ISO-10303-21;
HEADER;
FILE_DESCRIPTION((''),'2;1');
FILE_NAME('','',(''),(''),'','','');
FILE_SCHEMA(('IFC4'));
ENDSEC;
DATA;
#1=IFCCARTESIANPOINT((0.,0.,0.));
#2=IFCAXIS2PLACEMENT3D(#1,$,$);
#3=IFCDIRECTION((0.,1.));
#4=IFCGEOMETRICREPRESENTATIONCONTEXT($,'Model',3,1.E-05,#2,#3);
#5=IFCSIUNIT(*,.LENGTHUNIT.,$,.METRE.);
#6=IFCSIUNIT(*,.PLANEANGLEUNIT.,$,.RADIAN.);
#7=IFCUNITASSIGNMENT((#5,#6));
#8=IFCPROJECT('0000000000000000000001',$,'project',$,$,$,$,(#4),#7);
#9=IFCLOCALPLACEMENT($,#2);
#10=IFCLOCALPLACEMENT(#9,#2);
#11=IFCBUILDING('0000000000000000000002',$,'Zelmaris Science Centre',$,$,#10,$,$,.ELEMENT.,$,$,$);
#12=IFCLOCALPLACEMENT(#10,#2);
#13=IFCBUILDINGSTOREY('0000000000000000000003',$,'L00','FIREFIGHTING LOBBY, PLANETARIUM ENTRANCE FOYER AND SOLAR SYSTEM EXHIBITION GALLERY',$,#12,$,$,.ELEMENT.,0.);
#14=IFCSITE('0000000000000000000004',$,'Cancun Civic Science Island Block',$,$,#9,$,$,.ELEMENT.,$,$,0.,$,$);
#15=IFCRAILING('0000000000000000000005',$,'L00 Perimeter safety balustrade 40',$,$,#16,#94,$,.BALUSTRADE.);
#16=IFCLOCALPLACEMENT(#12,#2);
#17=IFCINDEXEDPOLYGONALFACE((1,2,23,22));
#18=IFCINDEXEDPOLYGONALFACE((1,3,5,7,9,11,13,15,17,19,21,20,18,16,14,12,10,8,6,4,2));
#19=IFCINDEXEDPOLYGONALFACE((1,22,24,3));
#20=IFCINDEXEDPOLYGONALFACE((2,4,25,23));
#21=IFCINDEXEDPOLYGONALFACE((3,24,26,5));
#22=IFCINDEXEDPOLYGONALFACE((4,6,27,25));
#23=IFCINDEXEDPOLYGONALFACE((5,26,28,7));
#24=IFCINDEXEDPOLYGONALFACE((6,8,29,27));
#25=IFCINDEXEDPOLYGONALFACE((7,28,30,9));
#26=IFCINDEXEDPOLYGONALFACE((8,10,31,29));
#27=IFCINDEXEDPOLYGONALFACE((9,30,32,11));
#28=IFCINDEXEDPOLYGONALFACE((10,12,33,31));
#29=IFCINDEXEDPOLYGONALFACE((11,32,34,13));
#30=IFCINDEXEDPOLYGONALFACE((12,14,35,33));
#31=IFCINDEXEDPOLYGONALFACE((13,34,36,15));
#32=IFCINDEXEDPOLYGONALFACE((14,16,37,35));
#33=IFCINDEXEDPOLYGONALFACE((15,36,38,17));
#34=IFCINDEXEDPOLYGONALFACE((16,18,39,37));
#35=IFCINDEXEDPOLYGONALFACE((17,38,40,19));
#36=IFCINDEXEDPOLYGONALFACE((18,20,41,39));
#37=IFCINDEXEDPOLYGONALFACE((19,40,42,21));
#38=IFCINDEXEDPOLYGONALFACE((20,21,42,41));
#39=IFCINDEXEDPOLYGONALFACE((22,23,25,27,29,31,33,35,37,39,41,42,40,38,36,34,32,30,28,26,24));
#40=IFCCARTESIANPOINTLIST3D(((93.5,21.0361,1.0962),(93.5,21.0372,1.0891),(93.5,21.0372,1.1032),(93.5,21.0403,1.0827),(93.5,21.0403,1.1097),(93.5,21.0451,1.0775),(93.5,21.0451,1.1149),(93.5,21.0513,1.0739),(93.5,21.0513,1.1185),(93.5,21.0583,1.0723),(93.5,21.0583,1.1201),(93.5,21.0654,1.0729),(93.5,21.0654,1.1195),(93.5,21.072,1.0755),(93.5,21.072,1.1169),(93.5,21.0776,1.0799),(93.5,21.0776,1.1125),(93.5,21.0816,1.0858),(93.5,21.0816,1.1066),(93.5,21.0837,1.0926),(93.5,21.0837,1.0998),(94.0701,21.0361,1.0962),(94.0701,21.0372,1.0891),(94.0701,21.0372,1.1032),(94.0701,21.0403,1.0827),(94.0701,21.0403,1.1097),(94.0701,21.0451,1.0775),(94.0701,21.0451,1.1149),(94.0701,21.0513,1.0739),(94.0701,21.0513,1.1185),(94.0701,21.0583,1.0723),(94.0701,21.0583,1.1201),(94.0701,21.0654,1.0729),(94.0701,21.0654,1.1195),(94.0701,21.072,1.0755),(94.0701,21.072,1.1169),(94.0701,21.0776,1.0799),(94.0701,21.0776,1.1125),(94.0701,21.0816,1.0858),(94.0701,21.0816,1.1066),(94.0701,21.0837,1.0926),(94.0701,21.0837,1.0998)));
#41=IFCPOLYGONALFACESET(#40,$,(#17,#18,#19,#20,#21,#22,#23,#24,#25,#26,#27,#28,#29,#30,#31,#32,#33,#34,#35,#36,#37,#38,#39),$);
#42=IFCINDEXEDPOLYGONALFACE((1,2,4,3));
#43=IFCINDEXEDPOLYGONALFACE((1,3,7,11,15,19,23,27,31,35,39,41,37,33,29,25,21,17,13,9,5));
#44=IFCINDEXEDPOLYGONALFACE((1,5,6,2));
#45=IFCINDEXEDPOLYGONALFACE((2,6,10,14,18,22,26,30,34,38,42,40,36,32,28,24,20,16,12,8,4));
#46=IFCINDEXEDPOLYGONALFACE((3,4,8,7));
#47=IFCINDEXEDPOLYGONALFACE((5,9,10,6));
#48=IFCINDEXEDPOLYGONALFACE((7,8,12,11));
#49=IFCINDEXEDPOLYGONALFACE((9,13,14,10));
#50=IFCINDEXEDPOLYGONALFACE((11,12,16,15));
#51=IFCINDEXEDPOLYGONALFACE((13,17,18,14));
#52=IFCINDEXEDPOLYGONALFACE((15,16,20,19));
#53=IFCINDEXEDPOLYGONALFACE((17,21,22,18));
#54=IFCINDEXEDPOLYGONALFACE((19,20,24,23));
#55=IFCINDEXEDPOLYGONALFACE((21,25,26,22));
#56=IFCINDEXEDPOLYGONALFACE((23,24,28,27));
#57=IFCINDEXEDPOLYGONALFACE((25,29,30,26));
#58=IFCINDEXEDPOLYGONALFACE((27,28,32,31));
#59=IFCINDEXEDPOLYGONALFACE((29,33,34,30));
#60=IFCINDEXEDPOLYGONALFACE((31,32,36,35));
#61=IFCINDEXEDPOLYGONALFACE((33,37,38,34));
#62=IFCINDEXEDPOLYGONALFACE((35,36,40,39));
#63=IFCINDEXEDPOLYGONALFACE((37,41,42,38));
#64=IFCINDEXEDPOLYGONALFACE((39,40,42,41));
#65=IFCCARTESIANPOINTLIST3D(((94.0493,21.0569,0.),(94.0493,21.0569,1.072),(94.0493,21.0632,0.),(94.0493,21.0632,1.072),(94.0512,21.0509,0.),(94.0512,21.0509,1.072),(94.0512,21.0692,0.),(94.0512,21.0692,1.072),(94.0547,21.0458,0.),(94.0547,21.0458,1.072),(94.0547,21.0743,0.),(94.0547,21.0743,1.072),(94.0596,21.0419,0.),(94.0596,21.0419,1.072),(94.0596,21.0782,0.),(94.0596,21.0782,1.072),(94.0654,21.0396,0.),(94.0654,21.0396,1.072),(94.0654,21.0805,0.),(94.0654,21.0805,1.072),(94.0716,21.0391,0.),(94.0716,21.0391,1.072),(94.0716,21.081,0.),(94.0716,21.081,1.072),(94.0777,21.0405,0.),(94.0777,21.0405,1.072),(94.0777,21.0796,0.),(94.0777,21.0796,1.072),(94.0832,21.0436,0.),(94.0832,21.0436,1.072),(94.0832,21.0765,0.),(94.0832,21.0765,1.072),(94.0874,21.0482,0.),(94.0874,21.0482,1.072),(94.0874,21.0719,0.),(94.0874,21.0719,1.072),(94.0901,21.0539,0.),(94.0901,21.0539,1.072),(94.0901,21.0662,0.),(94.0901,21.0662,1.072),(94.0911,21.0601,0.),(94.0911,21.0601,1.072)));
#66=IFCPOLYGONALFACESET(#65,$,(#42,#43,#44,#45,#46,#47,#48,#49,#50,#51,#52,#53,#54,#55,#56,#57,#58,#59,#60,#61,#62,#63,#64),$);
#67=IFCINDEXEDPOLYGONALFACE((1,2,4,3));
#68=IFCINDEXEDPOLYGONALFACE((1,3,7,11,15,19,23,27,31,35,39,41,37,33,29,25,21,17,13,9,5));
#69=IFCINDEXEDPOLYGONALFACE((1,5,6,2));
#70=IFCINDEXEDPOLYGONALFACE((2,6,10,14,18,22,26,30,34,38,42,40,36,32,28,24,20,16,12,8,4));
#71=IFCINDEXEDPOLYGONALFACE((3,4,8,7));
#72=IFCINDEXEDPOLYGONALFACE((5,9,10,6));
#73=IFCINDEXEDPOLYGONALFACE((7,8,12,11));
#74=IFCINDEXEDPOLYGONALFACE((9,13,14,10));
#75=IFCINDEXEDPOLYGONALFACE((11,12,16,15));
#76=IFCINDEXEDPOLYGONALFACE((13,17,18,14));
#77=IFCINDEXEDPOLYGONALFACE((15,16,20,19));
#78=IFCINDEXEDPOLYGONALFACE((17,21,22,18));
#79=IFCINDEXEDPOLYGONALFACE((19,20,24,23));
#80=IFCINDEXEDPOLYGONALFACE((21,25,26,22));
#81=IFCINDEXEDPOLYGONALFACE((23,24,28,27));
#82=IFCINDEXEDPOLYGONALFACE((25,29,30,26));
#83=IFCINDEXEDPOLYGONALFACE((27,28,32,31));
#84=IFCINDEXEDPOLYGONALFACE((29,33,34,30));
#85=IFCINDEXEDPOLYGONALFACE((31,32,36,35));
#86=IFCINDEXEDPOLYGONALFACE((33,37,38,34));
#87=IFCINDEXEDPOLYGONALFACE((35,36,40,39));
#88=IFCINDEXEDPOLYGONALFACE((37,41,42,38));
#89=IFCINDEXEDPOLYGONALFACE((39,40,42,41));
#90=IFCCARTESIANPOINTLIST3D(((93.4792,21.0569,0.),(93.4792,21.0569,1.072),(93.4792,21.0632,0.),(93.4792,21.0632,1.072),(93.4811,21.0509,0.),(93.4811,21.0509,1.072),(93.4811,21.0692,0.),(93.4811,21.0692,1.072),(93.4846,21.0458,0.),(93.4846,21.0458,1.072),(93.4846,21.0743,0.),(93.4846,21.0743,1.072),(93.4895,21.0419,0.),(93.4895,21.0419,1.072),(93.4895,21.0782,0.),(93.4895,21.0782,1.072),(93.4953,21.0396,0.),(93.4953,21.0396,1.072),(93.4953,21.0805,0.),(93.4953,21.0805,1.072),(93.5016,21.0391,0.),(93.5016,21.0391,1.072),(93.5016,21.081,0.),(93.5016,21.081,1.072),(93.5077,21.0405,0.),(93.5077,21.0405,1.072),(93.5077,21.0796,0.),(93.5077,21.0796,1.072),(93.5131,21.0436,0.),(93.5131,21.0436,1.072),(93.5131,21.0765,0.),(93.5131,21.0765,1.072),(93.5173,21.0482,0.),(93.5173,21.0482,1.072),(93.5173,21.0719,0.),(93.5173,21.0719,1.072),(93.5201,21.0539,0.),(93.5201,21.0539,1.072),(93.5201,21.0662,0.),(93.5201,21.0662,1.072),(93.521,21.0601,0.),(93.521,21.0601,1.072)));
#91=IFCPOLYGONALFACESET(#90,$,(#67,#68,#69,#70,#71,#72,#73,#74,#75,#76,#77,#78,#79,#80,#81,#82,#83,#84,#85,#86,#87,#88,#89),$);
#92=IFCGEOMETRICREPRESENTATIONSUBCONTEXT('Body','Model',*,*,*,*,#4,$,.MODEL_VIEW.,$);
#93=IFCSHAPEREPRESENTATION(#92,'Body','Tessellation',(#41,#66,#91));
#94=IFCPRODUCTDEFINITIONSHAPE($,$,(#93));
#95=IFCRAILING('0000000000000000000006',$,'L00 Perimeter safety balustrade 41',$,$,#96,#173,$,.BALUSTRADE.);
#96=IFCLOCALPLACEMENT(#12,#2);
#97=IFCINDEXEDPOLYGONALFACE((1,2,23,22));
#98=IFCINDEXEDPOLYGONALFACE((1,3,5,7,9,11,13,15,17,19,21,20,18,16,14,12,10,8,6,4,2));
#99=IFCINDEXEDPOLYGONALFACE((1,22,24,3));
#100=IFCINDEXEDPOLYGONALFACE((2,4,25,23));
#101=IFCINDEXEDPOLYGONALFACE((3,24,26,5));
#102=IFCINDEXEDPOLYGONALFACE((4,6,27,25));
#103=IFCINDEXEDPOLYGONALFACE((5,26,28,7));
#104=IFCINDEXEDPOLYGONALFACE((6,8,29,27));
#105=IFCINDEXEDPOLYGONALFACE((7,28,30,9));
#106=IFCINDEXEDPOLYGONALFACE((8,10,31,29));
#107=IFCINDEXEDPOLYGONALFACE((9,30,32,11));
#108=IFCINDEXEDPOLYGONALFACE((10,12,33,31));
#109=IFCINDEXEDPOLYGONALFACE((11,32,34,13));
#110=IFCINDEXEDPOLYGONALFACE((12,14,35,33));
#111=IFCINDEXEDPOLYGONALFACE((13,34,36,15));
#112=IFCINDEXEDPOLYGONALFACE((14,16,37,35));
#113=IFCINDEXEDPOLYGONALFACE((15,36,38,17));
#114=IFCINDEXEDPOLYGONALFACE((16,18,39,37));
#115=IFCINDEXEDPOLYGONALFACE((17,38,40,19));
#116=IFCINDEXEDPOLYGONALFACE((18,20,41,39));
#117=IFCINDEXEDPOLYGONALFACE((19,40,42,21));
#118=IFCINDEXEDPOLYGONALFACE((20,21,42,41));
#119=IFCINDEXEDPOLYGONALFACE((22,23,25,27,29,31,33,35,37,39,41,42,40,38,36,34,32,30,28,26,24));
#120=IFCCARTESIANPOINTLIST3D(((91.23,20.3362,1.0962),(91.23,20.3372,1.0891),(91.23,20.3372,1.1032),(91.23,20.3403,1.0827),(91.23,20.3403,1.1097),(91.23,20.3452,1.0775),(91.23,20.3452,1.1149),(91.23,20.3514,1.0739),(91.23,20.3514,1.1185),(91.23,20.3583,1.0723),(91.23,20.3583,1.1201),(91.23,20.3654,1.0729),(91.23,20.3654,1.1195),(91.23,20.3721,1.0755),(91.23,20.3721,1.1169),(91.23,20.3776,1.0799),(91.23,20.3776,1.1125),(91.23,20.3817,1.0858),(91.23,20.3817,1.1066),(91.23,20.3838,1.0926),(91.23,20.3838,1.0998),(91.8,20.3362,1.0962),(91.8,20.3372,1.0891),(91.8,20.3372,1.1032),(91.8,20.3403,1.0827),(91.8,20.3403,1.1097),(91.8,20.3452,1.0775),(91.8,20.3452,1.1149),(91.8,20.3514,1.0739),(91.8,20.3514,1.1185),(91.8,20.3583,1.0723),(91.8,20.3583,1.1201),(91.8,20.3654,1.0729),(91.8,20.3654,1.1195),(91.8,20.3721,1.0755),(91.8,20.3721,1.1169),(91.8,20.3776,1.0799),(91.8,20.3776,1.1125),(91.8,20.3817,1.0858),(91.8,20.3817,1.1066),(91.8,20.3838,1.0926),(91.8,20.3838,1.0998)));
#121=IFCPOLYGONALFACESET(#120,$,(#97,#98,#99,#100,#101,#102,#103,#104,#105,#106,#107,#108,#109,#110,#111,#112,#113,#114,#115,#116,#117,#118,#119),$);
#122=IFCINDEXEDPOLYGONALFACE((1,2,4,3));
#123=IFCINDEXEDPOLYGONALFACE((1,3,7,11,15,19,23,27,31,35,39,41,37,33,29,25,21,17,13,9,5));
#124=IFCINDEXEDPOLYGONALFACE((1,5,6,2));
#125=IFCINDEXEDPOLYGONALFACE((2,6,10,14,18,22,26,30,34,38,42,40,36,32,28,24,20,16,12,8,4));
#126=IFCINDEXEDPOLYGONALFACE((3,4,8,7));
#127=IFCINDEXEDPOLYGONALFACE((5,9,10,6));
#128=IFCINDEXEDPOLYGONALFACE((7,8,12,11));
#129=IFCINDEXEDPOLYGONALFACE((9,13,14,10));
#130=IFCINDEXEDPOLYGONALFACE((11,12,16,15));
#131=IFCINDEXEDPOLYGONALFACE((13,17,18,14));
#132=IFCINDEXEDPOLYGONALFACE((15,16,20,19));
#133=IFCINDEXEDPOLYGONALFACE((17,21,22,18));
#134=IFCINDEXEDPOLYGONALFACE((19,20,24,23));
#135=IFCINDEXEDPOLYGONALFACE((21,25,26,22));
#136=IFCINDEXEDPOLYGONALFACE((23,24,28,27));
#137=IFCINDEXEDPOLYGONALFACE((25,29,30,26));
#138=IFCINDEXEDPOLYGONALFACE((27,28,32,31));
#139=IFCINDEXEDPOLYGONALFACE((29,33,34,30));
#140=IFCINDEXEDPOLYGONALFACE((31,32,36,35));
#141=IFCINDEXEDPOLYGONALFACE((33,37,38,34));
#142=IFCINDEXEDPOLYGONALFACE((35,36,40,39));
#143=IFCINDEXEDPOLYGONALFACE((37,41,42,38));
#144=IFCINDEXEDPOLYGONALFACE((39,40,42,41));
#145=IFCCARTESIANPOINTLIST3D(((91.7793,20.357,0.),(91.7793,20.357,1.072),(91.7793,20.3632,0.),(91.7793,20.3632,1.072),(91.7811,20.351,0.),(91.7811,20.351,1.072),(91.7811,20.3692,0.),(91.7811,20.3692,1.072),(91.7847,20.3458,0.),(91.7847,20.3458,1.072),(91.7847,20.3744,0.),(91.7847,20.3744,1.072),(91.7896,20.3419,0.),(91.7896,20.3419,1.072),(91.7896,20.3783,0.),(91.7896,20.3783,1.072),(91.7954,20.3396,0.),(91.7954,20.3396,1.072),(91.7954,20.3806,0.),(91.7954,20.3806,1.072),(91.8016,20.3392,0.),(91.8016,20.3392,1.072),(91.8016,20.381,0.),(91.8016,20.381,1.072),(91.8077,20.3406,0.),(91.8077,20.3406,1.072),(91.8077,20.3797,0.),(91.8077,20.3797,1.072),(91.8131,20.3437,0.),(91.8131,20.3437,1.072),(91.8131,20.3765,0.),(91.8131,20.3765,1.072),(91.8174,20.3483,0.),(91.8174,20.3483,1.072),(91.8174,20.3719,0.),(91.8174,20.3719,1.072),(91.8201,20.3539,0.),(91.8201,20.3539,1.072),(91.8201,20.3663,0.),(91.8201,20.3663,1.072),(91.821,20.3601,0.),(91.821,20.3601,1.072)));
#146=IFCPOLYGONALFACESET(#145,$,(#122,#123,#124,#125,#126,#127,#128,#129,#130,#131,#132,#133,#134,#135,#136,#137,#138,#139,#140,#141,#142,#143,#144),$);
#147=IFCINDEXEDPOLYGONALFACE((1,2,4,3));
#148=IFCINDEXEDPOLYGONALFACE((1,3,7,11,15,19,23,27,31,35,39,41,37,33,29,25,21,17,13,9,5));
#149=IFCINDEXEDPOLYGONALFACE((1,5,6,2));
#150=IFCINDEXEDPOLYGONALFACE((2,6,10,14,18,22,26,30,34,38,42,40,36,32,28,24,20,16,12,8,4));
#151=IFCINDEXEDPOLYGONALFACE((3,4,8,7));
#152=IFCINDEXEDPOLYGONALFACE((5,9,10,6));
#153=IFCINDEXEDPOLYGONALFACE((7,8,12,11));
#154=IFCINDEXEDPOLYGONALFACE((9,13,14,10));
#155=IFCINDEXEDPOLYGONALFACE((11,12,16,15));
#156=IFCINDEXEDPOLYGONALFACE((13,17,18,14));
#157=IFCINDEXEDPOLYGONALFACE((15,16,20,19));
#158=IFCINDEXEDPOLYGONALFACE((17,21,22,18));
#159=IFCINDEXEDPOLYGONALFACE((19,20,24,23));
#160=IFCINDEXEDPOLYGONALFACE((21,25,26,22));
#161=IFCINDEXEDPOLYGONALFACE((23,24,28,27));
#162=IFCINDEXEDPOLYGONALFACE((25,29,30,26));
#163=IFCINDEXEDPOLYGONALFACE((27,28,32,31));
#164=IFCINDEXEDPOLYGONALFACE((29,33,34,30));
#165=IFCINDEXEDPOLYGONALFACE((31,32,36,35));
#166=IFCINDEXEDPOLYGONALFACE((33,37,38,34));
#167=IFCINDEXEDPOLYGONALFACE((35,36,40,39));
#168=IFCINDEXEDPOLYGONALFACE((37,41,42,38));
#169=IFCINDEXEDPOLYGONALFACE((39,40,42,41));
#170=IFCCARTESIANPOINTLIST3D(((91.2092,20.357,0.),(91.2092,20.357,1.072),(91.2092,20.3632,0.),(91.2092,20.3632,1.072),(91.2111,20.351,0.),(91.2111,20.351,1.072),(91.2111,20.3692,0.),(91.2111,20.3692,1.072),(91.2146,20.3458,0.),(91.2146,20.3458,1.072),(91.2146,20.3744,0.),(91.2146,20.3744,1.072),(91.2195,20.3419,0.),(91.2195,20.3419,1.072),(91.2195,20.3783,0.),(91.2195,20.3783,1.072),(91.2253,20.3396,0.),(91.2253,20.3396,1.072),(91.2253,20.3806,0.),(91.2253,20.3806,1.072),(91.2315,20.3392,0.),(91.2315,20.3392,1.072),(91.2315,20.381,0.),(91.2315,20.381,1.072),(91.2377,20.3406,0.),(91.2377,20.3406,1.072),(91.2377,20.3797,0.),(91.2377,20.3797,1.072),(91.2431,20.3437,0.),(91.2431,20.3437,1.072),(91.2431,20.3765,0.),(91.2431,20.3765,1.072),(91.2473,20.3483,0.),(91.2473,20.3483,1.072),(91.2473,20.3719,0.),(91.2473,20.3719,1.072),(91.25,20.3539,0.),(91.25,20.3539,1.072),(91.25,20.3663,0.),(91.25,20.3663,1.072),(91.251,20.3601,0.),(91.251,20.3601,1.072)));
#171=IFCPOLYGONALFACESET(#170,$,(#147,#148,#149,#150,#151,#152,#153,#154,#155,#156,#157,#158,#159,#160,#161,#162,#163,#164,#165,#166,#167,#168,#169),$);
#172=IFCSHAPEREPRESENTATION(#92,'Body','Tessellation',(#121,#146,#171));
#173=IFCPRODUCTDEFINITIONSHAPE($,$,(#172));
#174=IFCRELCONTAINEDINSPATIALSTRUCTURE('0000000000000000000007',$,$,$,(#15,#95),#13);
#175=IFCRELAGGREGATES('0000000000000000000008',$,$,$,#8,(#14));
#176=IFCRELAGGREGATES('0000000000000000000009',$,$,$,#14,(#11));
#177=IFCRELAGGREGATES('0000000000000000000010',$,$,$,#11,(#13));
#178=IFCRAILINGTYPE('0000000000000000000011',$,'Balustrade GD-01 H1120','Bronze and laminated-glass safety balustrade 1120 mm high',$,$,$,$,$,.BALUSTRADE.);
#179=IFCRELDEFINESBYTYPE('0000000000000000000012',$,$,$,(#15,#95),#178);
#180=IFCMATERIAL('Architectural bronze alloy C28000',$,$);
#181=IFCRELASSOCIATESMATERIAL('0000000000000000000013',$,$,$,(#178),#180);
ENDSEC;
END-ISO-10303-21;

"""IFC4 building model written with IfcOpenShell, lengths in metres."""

from ifc_helpers import new_model, si_unit, direction, frame, origin, origin_2d, place, context, subcontext, project, spatial, circle, extrude, material, type_object, element, save


model = new_model("IFC4")

# Units and contexts
model_context = context("Model", 3, precision=1e-05, world=origin(), true_north=direction((0.0, 1.0)))
body_context = subcontext(model_context, "Body", "Model", "MODEL_VIEW")
ifc_project = project(units=[si_unit("LENGTHUNIT", "METRE"), si_unit("PLANEANGLEUNIT", "RADIAN")], contexts=[model_context])

# Site, building, storey
site_placement = place(None, origin())
site = spatial("IfcSite", under=ifc_project, at=site_placement, Name="Cancun Civic Science Island Block", CompositionType="ELEMENT", RefElevation=0.0)
building_placement = place(site_placement, origin())
building = spatial("IfcBuilding", under=site, at=building_placement, Name="Zelmaris Science Centre", CompositionType="ELEMENT")
storey_placement = place(building_placement, origin())
storey = spatial("IfcBuildingStorey", under=building, at=storey_placement, Name="L00", Description="FIREFIGHTING LOBBY, PLANETARIUM ENTRANCE FOYER AND SOLAR SYSTEM EXHIBITION GALLERY", CompositionType="ELEMENT", Elevation=0.0)

# Railings
ifc_material_1 = material(Name="Architectural bronze alloy C28000")
railing_type = type_object("IfcRailingType", Name="Balustrade GD-01 H1120", Description="Bronze and laminated-glass safety balustrade 1120 mm high", PredefinedType="BALUSTRADE", material=ifc_material_1)
for number, where, name in (
    (1, (94.0701, 21.0601, 0.0), "L00 Perimeter safety balustrade 40"),
    (2, (91.8, 20.3601, 0.0), "L00 Perimeter safety balustrade 41"),
):
    element("IfcRailing", number, at=place(storey_placement, frame(where)), inside=storey, type_object=railing_type, Name=name, PredefinedType="BALUSTRADE", context=body_context, shape_type="SweptSolid", body=[
        extrude(circle(Radius=0.0239, at=origin_2d()), frame((0.0, 0.0, 1.0962), z_axis=(-1.0, 0.0, 0.0), x_axis=(0.0, -1.0, 0.0)), (0.0, 0.0, 1.0), 0.5701),
        extrude(circle(Radius=0.021, at=origin_2d()), origin(), (0.0, 0.0, 1.0), 1.072),
        extrude(circle(Radius=0.021, at=origin_2d()), frame((-0.5701, 0.0, 0.0)), (0.0, 0.0, 1.0), 1.072),
    ])

save(model, "model.ifc")
